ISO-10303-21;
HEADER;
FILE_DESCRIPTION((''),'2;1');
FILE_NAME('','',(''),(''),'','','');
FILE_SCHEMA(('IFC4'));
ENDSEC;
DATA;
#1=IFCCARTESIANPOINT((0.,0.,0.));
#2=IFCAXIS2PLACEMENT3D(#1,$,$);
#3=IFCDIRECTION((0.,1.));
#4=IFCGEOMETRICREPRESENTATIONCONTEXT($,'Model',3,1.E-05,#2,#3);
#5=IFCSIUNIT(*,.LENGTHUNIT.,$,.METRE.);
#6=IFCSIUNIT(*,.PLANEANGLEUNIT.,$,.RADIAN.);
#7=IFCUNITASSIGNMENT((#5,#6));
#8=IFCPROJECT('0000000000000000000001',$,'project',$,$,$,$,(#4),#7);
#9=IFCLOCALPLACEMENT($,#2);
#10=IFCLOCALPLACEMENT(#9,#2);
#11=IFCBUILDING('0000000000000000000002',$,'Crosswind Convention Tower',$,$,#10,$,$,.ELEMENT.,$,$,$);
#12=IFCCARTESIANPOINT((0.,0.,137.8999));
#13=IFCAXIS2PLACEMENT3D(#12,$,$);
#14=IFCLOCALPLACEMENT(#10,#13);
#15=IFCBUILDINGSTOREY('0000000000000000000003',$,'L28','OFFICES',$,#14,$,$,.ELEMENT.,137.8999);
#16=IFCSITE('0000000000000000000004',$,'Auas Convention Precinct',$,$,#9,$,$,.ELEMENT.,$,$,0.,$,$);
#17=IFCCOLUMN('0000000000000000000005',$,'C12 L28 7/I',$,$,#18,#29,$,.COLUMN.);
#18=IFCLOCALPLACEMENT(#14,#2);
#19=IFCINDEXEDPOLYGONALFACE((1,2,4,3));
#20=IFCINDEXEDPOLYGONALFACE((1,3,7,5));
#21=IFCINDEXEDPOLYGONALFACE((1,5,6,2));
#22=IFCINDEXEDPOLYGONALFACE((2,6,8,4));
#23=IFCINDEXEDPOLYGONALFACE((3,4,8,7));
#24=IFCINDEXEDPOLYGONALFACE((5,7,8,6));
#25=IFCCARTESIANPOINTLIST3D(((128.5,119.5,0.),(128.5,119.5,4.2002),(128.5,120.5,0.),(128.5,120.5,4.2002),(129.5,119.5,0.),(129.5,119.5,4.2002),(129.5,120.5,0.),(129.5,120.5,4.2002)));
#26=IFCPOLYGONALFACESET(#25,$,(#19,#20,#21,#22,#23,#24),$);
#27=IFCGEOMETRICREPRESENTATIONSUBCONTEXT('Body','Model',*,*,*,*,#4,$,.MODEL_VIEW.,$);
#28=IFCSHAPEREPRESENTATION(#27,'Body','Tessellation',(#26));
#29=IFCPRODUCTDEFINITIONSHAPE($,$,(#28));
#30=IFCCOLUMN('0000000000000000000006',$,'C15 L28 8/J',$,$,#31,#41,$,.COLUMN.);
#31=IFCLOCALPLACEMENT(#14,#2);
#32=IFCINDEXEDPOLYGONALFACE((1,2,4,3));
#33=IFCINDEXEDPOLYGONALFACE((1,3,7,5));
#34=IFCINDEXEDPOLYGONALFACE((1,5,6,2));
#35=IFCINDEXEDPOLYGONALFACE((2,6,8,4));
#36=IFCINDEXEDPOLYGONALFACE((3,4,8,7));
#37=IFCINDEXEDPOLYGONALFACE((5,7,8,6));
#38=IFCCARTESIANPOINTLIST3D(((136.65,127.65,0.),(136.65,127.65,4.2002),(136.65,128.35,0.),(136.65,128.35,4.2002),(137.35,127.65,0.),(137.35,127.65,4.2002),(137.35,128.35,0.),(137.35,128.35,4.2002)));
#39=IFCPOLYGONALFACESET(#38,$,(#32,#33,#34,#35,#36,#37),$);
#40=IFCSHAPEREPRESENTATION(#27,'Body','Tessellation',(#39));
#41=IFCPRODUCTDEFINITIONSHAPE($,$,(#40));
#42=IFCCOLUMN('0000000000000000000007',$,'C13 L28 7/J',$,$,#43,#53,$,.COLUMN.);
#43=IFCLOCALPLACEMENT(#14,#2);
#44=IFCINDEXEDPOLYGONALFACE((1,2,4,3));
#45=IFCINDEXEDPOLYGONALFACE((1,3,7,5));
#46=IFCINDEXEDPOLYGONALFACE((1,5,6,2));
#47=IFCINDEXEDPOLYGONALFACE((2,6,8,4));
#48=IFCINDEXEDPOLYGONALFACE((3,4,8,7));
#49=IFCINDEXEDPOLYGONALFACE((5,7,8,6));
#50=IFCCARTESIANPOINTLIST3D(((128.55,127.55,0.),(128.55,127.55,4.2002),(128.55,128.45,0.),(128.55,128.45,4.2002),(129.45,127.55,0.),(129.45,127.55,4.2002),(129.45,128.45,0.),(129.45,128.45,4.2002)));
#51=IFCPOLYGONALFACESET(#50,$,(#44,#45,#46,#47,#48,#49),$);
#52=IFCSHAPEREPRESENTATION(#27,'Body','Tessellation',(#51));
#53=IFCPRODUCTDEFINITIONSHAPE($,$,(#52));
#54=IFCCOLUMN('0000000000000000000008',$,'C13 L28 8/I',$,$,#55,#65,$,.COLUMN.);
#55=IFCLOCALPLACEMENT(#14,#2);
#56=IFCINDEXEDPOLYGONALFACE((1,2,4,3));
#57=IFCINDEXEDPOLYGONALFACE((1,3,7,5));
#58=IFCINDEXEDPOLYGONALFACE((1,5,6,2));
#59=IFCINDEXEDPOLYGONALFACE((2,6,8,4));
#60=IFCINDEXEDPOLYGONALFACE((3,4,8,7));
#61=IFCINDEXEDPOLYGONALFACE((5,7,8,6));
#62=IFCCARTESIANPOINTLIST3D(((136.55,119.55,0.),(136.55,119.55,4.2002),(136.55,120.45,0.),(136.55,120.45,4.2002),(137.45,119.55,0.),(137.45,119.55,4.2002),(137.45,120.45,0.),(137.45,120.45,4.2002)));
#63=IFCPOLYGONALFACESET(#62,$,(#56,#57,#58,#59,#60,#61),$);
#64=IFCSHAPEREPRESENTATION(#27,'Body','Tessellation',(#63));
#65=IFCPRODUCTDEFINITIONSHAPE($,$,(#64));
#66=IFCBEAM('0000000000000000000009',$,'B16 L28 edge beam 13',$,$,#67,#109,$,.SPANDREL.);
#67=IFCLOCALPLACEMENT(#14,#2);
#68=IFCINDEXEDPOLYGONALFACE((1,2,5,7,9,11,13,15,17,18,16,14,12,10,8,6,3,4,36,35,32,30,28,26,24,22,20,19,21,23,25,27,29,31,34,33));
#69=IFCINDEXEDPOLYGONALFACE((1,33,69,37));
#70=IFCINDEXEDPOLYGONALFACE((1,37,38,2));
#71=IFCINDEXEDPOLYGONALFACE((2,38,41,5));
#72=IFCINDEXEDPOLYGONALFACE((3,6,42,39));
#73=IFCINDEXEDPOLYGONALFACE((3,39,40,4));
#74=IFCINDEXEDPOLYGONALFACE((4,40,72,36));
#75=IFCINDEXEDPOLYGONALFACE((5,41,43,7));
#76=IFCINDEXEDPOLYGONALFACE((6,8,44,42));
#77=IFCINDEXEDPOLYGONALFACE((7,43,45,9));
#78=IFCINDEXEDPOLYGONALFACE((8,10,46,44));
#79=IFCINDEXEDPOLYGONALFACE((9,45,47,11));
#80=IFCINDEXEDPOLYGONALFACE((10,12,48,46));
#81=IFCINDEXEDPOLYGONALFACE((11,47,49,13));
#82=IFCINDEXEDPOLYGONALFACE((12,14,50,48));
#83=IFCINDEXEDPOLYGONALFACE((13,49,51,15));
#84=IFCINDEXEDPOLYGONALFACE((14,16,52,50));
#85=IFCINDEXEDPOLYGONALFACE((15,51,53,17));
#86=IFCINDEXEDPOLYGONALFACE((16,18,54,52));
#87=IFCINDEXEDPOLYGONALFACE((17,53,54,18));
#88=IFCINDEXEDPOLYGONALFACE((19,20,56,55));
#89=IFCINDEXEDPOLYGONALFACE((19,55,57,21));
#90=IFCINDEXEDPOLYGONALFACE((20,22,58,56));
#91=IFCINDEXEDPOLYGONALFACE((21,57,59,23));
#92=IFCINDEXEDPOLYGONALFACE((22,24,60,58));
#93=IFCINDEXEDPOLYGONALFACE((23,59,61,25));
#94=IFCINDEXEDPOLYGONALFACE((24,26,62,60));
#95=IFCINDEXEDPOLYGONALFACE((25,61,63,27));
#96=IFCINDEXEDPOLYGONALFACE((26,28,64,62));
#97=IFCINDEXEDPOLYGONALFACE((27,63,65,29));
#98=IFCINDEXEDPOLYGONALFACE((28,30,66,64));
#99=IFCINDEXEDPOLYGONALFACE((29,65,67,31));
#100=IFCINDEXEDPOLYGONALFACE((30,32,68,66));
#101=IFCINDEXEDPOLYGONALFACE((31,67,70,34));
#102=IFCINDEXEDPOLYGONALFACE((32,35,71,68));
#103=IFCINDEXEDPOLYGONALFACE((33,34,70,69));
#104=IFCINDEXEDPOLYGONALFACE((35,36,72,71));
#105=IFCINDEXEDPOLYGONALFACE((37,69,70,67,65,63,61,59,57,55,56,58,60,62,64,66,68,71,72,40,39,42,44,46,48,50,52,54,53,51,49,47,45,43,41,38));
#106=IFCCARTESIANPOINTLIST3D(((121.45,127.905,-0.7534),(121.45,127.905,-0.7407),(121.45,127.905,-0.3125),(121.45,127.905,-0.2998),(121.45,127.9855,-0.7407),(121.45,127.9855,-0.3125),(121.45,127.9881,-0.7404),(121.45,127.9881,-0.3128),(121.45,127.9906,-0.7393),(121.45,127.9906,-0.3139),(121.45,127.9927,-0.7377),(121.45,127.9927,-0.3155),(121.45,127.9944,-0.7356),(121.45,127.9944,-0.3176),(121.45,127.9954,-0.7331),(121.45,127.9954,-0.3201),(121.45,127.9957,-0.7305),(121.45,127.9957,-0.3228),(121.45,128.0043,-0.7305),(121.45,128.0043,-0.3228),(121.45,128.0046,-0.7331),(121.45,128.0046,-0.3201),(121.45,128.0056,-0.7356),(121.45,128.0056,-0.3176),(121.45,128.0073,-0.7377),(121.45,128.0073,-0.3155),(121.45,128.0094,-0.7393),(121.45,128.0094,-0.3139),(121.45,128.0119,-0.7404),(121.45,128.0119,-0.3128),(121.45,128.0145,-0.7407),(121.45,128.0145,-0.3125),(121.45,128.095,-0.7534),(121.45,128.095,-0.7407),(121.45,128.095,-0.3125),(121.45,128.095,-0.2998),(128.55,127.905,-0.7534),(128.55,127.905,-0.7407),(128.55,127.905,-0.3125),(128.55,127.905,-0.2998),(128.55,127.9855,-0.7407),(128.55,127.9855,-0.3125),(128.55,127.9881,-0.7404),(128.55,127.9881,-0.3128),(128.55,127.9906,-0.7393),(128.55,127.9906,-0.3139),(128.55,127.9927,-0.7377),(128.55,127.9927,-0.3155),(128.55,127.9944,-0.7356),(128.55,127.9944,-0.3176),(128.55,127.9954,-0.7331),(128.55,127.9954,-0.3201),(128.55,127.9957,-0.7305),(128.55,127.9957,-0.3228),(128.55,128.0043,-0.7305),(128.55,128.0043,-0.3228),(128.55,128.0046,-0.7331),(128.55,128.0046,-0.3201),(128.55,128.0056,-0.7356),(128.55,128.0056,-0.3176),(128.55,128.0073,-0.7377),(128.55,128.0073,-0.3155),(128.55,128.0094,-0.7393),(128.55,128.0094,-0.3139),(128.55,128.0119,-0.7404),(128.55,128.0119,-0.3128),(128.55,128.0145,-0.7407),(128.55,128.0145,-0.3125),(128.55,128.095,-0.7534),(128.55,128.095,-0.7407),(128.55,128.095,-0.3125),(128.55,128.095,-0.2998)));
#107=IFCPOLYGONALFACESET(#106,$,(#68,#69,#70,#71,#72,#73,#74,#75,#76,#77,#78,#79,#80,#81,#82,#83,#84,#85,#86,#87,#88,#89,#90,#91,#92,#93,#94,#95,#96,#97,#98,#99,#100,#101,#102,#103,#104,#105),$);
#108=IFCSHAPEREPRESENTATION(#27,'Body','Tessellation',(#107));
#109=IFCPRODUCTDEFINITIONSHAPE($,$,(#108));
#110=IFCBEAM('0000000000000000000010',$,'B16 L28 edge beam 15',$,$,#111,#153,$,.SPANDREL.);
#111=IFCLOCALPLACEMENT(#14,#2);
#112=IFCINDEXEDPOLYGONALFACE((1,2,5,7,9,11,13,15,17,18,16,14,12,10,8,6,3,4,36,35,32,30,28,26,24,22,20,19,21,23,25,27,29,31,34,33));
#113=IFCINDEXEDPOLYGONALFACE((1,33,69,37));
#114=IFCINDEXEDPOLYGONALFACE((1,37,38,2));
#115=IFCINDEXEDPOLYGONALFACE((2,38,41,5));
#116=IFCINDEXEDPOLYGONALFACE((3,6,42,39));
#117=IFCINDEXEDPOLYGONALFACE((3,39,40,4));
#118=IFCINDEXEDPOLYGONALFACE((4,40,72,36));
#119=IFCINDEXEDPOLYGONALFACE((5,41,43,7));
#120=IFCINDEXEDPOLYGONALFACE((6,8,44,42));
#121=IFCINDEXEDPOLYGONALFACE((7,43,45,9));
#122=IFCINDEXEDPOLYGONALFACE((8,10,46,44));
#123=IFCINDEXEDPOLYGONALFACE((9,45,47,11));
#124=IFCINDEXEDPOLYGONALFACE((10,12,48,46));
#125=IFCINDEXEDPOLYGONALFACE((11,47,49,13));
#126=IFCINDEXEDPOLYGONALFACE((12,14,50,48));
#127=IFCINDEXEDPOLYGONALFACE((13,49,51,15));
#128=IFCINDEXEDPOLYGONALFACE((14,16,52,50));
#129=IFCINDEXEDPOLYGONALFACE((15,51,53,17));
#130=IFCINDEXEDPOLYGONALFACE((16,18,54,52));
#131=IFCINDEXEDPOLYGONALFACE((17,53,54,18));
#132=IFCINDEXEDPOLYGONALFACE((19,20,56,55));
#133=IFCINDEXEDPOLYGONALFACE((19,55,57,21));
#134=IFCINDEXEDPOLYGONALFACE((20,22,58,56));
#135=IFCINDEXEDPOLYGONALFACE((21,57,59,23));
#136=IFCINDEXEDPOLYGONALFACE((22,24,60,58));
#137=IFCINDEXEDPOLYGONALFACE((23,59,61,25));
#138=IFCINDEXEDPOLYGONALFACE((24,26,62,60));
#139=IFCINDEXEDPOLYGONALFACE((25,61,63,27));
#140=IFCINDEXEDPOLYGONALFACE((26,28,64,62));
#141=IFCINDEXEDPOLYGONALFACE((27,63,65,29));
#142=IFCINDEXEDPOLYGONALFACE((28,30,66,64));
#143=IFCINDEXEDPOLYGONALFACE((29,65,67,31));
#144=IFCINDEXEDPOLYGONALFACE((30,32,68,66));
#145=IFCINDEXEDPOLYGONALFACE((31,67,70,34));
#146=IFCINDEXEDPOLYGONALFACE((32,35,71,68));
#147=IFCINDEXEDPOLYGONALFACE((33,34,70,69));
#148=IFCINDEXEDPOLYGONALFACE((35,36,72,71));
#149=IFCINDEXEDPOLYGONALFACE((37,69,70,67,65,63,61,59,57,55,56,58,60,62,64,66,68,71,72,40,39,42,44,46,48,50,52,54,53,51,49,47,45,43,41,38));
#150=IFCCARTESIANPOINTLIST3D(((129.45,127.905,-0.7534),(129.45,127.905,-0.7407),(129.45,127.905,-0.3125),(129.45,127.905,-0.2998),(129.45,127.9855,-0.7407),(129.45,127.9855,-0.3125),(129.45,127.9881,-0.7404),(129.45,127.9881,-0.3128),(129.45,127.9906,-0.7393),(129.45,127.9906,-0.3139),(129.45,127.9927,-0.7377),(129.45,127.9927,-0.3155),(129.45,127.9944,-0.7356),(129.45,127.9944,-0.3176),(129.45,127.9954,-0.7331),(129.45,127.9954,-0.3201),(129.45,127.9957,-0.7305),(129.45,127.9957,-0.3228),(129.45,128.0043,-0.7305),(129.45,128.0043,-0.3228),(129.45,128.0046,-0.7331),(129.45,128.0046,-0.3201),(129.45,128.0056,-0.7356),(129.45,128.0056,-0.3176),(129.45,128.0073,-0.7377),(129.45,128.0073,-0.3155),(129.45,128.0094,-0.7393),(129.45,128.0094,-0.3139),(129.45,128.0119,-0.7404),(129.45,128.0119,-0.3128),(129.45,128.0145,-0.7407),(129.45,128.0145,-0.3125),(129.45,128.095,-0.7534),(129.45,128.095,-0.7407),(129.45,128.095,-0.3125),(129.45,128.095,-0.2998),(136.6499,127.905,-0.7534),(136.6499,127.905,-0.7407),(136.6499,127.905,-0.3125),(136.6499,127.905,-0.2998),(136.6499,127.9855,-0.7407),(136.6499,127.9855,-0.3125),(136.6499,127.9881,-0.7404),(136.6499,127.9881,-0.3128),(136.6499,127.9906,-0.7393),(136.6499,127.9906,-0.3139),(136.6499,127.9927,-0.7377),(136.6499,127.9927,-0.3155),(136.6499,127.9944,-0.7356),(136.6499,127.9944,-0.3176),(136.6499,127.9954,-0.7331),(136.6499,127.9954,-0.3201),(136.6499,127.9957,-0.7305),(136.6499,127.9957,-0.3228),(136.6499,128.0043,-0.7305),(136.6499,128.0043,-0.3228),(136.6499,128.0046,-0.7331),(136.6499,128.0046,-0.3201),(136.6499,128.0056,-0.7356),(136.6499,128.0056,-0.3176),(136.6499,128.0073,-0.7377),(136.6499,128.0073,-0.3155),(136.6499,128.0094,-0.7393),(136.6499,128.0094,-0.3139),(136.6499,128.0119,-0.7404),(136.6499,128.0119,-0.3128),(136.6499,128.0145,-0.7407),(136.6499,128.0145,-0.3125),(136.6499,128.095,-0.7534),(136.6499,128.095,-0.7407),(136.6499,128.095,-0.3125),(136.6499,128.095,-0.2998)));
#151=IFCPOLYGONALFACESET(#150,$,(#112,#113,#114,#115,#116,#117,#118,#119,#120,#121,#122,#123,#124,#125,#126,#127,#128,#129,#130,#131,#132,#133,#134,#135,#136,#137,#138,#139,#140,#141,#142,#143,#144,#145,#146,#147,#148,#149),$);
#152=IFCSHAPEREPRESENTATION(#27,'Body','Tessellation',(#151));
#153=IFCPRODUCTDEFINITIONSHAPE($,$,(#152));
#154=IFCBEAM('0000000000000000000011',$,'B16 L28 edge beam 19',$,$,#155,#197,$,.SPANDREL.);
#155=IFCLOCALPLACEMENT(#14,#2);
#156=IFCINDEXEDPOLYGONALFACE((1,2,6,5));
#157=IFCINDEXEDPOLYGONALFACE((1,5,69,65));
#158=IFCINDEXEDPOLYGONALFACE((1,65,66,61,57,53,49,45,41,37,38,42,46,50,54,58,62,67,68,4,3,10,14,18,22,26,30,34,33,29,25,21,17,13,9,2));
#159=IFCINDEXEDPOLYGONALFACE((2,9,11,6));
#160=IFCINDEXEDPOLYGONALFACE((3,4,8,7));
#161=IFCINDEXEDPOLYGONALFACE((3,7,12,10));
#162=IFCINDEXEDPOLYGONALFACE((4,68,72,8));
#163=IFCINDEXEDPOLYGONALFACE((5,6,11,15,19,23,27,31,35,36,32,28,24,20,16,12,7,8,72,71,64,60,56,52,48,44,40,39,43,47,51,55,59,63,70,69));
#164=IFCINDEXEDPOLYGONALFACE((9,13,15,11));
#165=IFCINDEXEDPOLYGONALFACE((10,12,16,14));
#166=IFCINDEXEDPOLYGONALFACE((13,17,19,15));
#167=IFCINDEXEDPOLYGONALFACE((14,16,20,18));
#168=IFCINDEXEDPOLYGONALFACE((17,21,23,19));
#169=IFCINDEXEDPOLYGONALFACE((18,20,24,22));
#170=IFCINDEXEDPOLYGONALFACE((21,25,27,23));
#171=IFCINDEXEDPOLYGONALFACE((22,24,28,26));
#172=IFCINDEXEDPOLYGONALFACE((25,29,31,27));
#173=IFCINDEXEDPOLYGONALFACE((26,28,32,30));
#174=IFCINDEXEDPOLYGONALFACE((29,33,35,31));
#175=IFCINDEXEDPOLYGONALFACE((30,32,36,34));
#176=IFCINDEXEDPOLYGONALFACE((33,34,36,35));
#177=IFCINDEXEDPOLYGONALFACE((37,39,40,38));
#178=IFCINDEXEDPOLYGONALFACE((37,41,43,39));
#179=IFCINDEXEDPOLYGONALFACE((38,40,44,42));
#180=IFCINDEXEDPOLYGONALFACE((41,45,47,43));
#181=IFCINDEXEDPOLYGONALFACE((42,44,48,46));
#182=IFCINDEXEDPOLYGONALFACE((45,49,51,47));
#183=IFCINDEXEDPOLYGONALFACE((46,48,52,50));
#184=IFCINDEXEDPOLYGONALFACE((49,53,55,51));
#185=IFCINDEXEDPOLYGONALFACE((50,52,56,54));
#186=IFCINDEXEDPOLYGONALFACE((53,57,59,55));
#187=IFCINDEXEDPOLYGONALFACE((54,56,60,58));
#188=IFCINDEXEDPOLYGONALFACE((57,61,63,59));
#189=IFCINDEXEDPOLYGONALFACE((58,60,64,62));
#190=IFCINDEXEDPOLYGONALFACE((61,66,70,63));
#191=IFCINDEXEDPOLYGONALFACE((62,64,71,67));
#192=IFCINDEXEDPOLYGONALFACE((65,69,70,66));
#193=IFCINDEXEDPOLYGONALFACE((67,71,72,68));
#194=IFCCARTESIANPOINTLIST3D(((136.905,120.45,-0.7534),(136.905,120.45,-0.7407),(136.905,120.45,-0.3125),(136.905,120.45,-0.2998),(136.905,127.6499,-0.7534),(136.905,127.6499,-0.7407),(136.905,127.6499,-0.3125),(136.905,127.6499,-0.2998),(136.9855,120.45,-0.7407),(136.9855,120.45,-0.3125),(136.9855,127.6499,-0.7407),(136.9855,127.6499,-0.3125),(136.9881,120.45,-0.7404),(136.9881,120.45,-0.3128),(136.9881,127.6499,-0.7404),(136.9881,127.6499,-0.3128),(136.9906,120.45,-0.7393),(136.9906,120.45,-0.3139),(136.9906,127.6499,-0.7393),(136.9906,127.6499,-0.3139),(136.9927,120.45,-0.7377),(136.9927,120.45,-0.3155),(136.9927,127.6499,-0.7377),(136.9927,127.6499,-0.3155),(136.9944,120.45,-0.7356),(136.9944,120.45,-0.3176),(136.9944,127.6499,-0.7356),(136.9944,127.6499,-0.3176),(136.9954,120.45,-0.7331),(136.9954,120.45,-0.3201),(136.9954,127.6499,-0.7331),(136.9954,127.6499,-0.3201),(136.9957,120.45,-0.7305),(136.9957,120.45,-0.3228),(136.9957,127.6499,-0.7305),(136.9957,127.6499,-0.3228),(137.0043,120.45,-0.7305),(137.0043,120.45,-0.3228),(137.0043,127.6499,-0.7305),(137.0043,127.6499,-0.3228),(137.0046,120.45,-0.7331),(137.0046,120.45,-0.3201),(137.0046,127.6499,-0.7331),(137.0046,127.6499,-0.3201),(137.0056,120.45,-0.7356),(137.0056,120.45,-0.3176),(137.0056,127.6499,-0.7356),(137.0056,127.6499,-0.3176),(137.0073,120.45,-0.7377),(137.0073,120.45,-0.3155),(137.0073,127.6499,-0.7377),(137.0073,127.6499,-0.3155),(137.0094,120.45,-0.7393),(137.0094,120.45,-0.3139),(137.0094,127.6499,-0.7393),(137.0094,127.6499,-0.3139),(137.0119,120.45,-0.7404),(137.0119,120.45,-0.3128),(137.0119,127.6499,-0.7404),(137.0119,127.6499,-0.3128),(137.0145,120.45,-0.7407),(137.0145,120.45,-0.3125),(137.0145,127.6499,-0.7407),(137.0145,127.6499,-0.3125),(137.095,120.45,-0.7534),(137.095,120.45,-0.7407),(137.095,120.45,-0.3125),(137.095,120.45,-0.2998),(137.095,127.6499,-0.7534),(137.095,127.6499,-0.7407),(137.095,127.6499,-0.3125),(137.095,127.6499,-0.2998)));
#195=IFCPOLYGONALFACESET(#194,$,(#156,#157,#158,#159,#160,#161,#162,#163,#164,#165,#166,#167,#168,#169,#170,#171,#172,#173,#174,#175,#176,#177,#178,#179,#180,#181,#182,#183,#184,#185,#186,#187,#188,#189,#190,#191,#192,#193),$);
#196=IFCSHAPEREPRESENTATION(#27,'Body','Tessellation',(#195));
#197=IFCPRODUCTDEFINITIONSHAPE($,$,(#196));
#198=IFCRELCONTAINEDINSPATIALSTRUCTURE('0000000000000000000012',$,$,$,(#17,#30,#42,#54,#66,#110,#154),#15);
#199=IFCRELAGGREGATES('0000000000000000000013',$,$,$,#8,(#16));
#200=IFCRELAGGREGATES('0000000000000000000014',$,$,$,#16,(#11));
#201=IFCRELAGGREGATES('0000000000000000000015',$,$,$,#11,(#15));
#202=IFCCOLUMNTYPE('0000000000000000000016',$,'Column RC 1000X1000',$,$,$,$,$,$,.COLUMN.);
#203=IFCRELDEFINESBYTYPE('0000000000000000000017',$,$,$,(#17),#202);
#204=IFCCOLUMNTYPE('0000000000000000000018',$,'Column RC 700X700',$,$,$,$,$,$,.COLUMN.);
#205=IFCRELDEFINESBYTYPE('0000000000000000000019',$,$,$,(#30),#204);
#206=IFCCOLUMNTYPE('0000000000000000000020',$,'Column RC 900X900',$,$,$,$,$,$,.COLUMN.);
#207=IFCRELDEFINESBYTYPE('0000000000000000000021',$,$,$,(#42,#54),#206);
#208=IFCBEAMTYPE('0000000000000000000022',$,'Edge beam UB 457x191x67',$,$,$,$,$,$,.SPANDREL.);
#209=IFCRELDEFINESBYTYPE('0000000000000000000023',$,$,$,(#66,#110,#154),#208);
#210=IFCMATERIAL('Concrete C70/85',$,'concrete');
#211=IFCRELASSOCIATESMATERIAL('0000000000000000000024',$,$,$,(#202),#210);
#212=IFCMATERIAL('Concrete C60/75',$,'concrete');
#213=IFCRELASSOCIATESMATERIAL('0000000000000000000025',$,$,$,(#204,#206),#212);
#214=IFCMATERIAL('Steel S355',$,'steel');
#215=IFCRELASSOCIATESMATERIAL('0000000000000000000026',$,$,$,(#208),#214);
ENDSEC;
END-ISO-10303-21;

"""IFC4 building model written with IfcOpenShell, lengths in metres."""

from ifc_helpers import new_model, si_unit, direction, frame, origin, origin_2d, place, context, subcontext, project, spatial, rectangle, i_section, extrude, material, material_profile, profile_set, type_object, element, save


model = new_model("IFC4")

# Units and contexts
model_context = context("Model", 3, precision=1e-05, world=origin(), true_north=direction((0.0, 1.0)))
body_context = subcontext(model_context, "Body", "Model", "MODEL_VIEW")
ifc_project = project(units=[si_unit("LENGTHUNIT", "METRE"), si_unit("PLANEANGLEUNIT", "RADIAN")], contexts=[model_context])

# Site, building, storey
site_placement = place(None, origin())
site = spatial("IfcSite", under=ifc_project, at=site_placement, Name="Auas Convention Precinct", CompositionType="ELEMENT", RefElevation=0.0)
building_placement = place(site_placement, origin())
building = spatial("IfcBuilding", under=site, at=building_placement, Name="Crosswind Convention Tower", CompositionType="ELEMENT")
storey_placement = place(building_placement, frame((0.0, 0.0, 137.8999)))
storey = spatial("IfcBuildingStorey", under=building, at=storey_placement, Name="L28", Description="OFFICES", CompositionType="ELEMENT", Elevation=137.8999)

# Columns
ifc_material_1 = material(Name="Concrete C70/85", Category="concrete")
ifc_material_profile_1 = material_profile(ifc_material_1, rectangle(XDim=1.0, YDim=1.0, at=origin_2d()), Name="RC 1000X1000")
ifc_profile_set_1 = profile_set([ifc_material_profile_1], Name="Concrete C70/85")
column_type_1 = type_object("IfcColumnType", Name="Column RC 1000X1000", PredefinedType="COLUMN", material=ifc_profile_set_1)
column_1_placement = place(storey_placement, frame((129.0, 120.0, 0.0), z_axis=(0.0, 0.0, 1.0), x_axis=(1.0, 0.0, 0.0)))
element("IfcColumn", 1, at=column_1_placement, inside=storey, type_object=column_type_1, Name="C12 L28 7/I", PredefinedType="COLUMN", context=body_context, shape_type="SweptSolid", body=[
    extrude(rectangle(XDim=1.0, YDim=1.0, at=origin_2d()), origin(), (0.0, 0.0, 1.0), 4.2002),
])
ifc_material_2 = material(Name="Concrete C60/75", Category="concrete")
ifc_material_profile_2 = material_profile(ifc_material_2, rectangle(XDim=0.7, YDim=0.7, at=origin_2d()), Name="RC 700X700")
ifc_profile_set_2 = profile_set([ifc_material_profile_2], Name="Concrete C60/75")
column_type_2 = type_object("IfcColumnType", Name="Column RC 700X700", PredefinedType="COLUMN", material=ifc_profile_set_2)
column_2_placement = place(storey_placement, frame((137.0, 128.0, 0.0), z_axis=(0.0, 0.0, 1.0), x_axis=(1.0, 0.0, 0.0)))
element("IfcColumn", 2, at=column_2_placement, inside=storey, type_object=column_type_2, Name="C15 L28 8/J", PredefinedType="COLUMN", context=body_context, shape_type="SweptSolid", body=[
    extrude(rectangle(XDim=0.7, YDim=0.7, at=origin_2d()), origin(), (0.0, 0.0, 1.0), 4.2002),
])
ifc_material_profile_3 = material_profile(ifc_material_2, rectangle(XDim=0.8999, YDim=0.8999, at=origin_2d()), Name="RC 900X900")
ifc_profile_set_3 = profile_set([ifc_material_profile_3], Name="Concrete C60/75")
column_type_3 = type_object("IfcColumnType", Name="Column RC 900X900", PredefinedType="COLUMN", material=ifc_profile_set_3)
for number, where, z_axis, x_axis, name in (
    (3, (129.0, 128.0, 0.0), (0.0, 0.0, 1.0), (1.0, 0.0, 0.0), "C13 L28 7/J"),
    (4, (137.0, 120.0, 0.0), (0.0, 0.0, 1.0), (1.0, 0.0, 0.0), "C13 L28 8/I"),
):
    element("IfcColumn", number, at=place(storey_placement, frame(where, z_axis=z_axis, x_axis=x_axis)), inside=storey, type_object=column_type_3, Name=name, PredefinedType="COLUMN", context=body_context, shape_type="SweptSolid", body=[
        extrude(rectangle(XDim=0.8999, YDim=0.8999, at=origin_2d()), origin(), (0.0, 0.0, 1.0), 4.2002),
    ])

# Beams
ifc_material_3 = material(Name="Steel S355", Category="steel")
ifc_material_profile_4 = material_profile(ifc_material_3, i_section(OverallWidth=0.1899, OverallDepth=0.4536, WebThickness=0.0085, FlangeThickness=0.0127, FilletRadius=0.0103, at=origin_2d()), Name="UB 457x191x67")
ifc_profile_set_4 = profile_set([ifc_material_profile_4], Name="Steel S355")
beam_type_1 = type_object("IfcBeamType", Name="Edge beam UB 457x191x67", PredefinedType="SPANDREL", material=ifc_profile_set_4)
beam_placement = place(storey_placement, frame((121.45, 128.0, -0.5266), z_axis=(1.0, 0.0, 0.0), x_axis=(0.0, 1.0, 0.0)))
element("IfcBeam", 5, at=beam_placement, inside=storey, type_object=beam_type_1, Name="B16 L28 edge beam 13", PredefinedType="SPANDREL", context=body_context, shape_type="SweptSolid", body=[
    extrude(i_section(OverallWidth=0.1899, OverallDepth=0.4536, WebThickness=0.0085, FlangeThickness=0.0127, FilletRadius=0.0103, at=origin_2d()), origin(), (0.0, 0.0, 1.0), 7.1001),
])
for number, where, z_axis, x_axis, name in (
    (6, (129.45, 128.0, -0.5266), (1.0, 0.0, 0.0), (0.0, 1.0, 0.0), "B16 L28 edge beam 15"),
    (7, (137.0, 120.45, -0.5266), (0.0, 1.0, 0.0), (-1.0, 0.0, 0.0), "B16 L28 edge beam 19"),
):
    element("IfcBeam", number, at=place(storey_placement, frame(where, z_axis=z_axis, x_axis=x_axis)), inside=storey, type_object=beam_type_1, Name=name, PredefinedType="SPANDREL", context=body_context, shape_type="SweptSolid", body=[
        extrude(i_section(OverallWidth=0.1899, OverallDepth=0.4536, WebThickness=0.0085, FlangeThickness=0.0127, FilletRadius=0.0103, at=origin_2d()), origin(), (0.0, 0.0, 1.0), 7.2),
    ])

save(model, "model.ifc")
